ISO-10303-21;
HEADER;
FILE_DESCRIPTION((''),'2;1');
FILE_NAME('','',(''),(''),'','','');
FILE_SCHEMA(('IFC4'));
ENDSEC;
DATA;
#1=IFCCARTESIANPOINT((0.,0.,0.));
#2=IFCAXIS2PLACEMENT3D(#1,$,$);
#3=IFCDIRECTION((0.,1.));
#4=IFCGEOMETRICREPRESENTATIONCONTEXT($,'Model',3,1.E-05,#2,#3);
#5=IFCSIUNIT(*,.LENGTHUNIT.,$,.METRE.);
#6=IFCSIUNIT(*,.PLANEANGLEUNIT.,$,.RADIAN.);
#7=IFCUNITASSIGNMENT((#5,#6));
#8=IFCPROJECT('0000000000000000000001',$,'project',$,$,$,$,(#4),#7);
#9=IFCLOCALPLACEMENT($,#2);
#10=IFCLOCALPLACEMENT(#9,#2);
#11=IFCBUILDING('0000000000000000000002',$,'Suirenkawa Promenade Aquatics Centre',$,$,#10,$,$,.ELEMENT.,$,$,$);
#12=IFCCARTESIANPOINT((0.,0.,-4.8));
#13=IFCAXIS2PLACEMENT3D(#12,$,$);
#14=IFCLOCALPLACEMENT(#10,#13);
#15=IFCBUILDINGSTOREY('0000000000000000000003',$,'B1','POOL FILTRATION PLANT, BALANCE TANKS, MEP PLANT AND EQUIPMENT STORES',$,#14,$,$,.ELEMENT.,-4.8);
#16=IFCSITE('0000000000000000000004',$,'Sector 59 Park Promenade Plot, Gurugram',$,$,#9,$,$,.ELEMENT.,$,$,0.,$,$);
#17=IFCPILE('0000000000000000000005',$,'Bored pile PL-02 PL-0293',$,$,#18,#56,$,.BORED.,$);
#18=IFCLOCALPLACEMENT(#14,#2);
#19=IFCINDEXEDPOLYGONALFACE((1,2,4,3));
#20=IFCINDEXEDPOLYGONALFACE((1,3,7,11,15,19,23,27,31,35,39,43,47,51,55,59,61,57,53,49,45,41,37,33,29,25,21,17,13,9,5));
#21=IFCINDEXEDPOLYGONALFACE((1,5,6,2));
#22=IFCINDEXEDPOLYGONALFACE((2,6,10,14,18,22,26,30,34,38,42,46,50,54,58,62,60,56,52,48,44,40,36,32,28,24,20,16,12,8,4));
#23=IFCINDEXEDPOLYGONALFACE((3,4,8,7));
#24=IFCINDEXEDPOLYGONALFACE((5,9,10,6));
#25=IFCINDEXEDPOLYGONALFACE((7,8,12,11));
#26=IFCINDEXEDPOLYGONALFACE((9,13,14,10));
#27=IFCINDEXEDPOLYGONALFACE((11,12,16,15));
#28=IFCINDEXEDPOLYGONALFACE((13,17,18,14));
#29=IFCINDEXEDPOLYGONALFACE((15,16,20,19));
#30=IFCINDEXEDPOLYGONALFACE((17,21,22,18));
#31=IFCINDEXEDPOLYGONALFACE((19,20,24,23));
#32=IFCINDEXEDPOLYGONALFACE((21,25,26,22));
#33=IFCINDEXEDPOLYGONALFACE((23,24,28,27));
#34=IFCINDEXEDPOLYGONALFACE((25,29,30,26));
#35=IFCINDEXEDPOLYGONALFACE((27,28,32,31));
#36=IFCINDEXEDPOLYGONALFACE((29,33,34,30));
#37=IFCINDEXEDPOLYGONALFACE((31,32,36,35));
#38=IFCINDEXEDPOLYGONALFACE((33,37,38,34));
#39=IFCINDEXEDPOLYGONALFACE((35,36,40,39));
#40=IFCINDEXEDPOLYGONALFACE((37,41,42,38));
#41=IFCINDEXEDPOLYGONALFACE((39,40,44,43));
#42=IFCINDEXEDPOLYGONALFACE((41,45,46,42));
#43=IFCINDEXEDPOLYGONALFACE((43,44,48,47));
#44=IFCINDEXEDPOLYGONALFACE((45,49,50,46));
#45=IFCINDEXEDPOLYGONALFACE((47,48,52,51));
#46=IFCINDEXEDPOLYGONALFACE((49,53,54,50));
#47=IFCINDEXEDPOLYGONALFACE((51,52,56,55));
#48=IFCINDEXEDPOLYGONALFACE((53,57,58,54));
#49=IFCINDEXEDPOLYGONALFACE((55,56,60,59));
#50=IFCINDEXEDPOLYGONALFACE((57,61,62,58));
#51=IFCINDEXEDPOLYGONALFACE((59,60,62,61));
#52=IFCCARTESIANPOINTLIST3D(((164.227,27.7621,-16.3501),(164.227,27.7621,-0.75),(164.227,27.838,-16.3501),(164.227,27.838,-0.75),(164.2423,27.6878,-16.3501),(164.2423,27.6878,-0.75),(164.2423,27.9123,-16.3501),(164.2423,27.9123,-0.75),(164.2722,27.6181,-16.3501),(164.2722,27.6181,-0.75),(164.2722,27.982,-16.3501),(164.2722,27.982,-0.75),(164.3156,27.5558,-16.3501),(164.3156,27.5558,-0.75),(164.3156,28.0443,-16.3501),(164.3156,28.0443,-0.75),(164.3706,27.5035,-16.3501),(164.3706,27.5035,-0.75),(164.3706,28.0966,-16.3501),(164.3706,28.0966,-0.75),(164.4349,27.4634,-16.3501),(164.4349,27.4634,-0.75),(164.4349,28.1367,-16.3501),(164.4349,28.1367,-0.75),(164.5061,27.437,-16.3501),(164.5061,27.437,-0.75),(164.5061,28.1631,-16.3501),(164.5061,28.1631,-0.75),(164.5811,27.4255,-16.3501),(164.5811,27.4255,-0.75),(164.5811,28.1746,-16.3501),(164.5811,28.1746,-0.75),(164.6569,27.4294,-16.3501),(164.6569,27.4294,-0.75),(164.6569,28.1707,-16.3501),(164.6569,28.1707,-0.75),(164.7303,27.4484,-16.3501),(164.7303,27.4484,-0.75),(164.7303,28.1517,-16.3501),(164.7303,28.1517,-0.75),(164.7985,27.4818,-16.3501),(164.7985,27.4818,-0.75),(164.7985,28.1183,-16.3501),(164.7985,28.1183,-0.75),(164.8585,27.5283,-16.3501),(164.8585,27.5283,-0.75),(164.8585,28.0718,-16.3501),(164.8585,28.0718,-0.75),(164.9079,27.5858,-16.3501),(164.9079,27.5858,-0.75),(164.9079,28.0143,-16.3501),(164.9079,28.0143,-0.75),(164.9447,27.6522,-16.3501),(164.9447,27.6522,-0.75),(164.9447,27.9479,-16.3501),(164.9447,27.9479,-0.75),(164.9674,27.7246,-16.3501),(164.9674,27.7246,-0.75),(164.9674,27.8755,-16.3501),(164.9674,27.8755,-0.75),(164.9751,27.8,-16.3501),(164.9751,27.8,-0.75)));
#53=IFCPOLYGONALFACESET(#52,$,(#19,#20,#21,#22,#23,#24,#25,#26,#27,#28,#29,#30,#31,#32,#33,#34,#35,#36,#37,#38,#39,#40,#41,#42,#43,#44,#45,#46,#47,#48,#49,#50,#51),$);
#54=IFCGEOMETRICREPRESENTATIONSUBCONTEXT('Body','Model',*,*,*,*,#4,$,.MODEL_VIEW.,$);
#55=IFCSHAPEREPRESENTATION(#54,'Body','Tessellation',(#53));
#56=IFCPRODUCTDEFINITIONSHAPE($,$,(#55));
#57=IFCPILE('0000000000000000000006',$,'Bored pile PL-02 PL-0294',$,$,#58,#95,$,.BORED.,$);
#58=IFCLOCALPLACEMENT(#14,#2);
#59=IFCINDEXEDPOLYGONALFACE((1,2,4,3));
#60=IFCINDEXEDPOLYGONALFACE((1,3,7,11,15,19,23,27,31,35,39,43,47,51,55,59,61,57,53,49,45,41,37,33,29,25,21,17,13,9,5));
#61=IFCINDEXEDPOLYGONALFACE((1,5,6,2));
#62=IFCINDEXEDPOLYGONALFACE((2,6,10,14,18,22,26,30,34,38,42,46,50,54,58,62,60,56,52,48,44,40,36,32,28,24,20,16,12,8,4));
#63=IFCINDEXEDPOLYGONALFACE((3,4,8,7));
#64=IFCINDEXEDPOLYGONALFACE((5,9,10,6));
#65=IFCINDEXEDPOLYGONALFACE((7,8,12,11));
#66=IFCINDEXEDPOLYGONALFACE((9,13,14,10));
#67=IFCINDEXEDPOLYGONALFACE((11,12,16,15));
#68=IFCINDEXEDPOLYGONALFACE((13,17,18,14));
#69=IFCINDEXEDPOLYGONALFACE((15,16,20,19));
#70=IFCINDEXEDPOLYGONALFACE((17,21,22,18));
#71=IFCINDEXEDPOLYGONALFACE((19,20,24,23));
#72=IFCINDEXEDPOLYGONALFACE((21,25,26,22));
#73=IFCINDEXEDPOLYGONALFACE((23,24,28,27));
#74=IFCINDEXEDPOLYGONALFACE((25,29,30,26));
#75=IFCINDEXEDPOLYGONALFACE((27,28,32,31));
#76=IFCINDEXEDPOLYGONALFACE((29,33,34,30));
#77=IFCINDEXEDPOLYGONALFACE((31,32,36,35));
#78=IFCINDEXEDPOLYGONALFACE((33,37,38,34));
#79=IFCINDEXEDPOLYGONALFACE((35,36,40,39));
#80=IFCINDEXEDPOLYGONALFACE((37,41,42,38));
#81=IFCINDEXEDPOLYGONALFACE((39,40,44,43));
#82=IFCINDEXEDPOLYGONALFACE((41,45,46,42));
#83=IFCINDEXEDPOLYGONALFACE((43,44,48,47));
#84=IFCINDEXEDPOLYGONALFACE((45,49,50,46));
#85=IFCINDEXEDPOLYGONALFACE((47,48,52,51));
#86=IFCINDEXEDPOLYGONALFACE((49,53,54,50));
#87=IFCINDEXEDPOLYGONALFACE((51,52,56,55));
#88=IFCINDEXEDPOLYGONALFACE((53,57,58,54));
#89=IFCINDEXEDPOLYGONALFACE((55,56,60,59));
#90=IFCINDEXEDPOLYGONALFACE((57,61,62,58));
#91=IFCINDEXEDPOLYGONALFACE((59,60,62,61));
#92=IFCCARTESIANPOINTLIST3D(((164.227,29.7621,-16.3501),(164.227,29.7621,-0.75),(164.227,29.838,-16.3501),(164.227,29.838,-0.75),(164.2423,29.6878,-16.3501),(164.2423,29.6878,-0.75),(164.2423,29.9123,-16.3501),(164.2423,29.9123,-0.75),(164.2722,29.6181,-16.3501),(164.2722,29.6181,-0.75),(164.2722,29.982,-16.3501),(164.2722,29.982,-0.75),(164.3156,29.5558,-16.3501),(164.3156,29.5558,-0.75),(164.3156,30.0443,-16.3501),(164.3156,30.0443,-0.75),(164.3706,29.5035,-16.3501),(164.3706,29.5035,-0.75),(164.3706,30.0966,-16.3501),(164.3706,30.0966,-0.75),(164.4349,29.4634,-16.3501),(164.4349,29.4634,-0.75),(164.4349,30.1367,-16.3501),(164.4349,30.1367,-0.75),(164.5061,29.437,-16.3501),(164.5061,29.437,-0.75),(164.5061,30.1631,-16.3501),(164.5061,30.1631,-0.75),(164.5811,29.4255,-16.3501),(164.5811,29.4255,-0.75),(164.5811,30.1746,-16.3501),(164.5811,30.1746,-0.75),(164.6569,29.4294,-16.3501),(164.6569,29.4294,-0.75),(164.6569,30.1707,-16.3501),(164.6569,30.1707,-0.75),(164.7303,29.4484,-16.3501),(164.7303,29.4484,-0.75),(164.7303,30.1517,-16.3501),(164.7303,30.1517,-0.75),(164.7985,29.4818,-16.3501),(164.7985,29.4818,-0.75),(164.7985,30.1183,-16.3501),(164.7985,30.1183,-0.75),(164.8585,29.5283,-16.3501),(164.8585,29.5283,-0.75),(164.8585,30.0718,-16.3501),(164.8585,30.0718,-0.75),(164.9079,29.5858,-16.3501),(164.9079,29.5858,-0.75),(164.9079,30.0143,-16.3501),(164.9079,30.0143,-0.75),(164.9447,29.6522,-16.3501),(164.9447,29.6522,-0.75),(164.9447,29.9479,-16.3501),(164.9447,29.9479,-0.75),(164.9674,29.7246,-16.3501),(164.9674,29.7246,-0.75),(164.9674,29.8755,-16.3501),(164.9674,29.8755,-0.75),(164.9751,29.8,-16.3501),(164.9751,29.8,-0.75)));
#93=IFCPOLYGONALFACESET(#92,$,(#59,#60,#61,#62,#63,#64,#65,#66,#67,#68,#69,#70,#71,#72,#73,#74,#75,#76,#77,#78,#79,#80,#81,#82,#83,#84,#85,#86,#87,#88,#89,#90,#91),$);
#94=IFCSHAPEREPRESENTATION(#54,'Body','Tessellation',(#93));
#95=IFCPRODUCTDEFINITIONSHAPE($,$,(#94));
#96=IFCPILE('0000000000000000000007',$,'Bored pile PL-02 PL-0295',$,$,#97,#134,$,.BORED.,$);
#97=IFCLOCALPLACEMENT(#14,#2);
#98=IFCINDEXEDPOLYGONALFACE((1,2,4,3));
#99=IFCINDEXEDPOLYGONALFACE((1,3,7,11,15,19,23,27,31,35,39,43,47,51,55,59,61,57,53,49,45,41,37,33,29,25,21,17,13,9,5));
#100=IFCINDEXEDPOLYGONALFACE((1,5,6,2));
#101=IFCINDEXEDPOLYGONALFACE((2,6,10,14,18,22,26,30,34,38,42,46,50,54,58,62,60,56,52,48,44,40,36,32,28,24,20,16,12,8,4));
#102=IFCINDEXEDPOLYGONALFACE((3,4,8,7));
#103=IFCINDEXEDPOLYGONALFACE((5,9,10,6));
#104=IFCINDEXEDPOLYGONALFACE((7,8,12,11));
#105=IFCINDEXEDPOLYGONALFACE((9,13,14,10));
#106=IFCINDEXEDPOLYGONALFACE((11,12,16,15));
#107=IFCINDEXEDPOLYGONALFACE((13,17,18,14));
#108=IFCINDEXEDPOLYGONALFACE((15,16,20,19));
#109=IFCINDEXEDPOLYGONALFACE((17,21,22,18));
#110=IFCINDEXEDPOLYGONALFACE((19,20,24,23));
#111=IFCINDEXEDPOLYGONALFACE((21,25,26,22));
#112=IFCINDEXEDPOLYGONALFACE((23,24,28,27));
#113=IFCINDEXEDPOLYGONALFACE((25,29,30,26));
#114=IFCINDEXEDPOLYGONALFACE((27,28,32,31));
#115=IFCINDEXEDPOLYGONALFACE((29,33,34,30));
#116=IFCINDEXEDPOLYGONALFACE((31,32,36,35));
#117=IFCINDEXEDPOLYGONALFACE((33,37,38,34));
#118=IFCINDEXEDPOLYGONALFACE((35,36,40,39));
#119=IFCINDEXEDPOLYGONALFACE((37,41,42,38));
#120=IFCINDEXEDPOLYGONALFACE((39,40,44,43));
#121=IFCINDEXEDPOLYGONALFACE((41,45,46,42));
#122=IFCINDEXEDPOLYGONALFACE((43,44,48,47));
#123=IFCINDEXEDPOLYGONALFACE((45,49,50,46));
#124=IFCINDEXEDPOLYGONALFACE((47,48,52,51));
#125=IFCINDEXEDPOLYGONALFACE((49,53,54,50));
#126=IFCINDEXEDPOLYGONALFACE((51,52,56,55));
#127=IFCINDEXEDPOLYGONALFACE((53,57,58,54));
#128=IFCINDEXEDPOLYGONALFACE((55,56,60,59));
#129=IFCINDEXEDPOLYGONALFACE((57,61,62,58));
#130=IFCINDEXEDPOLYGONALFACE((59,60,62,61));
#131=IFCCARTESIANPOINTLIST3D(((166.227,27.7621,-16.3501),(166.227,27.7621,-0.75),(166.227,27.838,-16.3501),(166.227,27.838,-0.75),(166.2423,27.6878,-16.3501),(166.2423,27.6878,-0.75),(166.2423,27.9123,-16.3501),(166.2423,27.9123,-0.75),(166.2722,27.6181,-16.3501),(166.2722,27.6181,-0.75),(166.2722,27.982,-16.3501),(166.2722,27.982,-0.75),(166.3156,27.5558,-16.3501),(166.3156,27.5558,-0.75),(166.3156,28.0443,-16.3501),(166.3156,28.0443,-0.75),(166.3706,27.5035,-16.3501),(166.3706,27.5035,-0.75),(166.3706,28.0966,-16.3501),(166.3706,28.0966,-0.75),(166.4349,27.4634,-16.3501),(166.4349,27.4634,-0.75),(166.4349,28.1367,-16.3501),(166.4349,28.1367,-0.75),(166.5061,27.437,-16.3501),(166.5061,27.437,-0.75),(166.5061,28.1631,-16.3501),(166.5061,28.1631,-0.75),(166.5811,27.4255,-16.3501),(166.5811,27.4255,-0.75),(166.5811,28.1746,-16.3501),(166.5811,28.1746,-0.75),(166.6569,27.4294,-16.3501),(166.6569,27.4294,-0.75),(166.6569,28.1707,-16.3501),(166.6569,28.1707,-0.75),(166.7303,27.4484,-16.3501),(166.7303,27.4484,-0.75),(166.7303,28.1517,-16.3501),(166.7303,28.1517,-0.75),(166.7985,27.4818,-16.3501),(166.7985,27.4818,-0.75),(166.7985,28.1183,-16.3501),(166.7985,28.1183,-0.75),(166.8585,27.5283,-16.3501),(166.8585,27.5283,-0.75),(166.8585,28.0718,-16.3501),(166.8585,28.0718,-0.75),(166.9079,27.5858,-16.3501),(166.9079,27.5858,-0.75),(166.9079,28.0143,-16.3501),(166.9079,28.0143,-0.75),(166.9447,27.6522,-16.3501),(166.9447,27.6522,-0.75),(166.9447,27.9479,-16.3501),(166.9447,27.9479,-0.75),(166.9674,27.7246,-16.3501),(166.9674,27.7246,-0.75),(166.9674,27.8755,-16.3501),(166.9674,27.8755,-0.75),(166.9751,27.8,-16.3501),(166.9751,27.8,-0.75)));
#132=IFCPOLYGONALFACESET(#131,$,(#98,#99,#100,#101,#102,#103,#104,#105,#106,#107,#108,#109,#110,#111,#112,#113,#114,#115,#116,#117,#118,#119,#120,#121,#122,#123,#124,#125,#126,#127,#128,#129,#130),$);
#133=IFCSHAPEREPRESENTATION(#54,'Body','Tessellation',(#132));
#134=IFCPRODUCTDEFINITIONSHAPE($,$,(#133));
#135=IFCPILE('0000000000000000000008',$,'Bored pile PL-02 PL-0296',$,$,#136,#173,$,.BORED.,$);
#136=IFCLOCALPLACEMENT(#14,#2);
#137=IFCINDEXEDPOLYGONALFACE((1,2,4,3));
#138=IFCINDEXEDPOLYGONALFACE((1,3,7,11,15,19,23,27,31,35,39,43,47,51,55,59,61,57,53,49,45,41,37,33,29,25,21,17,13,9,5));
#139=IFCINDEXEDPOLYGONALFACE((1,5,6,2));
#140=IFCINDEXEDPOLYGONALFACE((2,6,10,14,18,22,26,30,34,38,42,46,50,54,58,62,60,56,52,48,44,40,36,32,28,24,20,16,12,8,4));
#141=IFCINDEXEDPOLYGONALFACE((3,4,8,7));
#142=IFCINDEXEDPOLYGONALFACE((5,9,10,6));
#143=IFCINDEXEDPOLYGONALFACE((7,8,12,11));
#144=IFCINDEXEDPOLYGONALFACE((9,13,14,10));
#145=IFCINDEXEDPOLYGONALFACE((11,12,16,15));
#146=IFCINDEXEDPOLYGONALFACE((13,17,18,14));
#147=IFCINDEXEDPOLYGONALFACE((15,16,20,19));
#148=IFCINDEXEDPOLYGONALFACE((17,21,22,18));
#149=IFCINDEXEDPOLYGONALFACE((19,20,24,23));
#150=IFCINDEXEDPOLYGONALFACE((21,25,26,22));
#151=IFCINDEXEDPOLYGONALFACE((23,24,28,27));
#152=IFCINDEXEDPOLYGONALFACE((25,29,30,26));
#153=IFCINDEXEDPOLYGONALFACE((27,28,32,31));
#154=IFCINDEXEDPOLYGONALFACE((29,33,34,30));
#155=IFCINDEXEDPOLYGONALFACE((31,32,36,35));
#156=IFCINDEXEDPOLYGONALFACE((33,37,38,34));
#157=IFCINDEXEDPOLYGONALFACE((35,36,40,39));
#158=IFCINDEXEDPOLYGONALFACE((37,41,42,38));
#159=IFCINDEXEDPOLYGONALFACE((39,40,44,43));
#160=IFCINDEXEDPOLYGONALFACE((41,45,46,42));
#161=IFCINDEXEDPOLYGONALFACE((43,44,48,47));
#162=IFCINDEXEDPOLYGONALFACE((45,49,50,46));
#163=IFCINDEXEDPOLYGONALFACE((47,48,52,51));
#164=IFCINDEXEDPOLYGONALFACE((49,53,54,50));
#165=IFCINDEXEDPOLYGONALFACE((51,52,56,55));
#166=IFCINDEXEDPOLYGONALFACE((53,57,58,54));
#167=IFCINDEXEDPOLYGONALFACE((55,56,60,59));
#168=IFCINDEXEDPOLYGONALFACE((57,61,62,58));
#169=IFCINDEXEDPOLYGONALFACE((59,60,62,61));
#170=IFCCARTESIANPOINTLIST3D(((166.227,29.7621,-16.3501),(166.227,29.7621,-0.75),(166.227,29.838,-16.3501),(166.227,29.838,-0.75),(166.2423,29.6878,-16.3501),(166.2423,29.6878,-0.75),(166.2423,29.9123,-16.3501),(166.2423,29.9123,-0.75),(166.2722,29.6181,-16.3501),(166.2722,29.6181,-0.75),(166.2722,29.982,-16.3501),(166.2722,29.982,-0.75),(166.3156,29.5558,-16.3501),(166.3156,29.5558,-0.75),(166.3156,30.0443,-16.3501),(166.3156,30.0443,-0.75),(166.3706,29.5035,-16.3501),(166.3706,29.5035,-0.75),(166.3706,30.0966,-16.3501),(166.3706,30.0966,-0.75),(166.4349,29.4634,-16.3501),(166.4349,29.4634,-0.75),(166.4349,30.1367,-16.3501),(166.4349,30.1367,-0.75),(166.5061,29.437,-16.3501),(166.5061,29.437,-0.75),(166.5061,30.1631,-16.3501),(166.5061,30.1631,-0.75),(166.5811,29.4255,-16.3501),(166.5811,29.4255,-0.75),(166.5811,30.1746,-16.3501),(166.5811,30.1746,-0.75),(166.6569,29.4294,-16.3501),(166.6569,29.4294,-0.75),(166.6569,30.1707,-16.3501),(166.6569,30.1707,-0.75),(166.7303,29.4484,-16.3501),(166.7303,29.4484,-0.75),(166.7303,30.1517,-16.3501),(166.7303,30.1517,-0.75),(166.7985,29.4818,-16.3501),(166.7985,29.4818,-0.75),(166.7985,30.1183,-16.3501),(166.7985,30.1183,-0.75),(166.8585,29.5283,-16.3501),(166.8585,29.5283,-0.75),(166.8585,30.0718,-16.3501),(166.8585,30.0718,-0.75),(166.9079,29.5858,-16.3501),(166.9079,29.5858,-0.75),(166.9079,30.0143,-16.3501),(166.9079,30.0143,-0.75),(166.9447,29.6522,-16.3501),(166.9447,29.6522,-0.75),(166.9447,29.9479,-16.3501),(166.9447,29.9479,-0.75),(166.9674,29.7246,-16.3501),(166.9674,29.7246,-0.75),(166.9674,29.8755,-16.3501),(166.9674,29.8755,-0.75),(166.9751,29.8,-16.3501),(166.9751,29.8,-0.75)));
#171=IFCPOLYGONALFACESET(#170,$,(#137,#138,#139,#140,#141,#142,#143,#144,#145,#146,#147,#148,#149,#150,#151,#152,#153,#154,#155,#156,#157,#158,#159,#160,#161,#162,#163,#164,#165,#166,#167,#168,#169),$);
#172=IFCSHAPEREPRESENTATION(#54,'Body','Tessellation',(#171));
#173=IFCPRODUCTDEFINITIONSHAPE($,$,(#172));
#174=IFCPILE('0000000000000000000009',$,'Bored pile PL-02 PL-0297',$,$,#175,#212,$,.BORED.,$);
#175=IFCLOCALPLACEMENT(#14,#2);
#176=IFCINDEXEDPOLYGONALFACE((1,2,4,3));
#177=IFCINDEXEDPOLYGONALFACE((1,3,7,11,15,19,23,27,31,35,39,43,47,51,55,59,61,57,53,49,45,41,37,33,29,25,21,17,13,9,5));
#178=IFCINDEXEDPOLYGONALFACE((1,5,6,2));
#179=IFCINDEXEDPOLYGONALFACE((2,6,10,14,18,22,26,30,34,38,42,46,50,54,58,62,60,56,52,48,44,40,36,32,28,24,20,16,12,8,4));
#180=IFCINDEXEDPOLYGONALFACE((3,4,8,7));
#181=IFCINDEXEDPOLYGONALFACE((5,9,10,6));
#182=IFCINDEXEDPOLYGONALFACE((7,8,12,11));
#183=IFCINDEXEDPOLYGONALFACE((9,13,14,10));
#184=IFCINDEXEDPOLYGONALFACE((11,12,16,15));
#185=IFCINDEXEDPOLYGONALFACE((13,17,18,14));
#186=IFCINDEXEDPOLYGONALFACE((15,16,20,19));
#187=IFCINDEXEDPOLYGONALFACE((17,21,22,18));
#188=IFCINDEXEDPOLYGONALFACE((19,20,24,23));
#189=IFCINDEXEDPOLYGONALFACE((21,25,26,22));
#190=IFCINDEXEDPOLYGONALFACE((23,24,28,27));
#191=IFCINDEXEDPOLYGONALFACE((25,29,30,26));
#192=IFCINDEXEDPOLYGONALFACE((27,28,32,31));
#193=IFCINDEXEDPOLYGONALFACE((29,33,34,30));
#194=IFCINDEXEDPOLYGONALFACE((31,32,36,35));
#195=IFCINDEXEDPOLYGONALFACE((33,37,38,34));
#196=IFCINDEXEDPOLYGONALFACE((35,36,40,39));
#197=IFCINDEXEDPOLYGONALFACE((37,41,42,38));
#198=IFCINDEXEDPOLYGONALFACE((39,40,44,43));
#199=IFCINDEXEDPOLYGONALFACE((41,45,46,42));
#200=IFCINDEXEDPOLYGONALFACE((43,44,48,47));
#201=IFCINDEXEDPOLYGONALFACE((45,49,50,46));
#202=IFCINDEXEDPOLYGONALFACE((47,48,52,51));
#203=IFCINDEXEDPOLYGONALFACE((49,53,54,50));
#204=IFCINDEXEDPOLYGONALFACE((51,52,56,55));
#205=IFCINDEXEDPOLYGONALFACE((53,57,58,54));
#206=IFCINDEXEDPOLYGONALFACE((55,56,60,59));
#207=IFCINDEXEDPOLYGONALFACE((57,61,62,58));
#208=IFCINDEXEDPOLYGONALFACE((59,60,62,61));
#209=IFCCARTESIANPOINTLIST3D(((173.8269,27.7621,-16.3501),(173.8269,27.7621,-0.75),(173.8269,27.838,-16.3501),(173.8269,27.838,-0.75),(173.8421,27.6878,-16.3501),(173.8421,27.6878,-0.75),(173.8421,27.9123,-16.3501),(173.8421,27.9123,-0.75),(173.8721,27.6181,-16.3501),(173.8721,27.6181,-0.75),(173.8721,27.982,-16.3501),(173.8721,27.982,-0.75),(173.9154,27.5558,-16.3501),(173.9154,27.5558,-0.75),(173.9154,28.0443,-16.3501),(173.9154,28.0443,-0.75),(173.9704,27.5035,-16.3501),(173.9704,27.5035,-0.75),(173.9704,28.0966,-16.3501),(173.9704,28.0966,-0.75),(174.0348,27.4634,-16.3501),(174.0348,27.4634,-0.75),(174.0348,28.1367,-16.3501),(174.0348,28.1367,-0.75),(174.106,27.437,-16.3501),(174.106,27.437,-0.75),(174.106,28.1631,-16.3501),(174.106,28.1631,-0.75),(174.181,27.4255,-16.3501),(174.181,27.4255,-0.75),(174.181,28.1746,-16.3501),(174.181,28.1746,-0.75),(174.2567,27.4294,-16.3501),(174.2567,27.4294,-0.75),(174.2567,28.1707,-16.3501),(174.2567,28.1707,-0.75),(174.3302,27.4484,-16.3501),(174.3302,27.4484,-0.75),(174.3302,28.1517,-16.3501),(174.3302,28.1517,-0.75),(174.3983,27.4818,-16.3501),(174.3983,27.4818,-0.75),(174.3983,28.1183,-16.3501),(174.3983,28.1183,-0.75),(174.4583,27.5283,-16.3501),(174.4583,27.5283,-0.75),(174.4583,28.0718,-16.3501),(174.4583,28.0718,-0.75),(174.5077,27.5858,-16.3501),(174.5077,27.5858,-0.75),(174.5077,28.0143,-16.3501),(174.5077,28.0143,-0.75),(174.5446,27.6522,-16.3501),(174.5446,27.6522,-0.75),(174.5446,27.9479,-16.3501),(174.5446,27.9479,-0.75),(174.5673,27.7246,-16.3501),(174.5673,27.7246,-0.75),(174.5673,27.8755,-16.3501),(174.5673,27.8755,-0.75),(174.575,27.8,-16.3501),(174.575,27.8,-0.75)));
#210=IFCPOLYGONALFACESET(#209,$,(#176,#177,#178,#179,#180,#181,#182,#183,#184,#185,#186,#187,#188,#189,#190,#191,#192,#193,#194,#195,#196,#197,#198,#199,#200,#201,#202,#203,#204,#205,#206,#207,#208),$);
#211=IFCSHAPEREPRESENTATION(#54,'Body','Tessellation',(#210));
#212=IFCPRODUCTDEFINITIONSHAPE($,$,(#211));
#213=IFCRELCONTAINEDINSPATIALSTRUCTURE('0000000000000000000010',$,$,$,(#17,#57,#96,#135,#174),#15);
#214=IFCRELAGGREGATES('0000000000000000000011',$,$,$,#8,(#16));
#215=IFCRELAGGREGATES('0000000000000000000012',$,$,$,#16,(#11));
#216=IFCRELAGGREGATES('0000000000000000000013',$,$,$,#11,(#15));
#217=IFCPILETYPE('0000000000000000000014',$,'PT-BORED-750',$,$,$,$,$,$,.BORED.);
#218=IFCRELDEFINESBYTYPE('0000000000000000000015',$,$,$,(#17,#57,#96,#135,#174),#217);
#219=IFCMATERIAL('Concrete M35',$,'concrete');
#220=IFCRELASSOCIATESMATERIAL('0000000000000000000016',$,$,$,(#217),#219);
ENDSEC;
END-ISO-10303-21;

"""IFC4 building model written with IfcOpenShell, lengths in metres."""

from ifc_helpers import new_model, si_unit, direction, frame, origin, origin_2d, place, context, subcontext, project, spatial, circle, extrude, material, material_profile, profile_set, type_object, element, save


model = new_model("IFC4")

# Units and contexts
model_context = context("Model", 3, precision=1e-05, world=origin(), true_north=direction((0.0, 1.0)))
body_context = subcontext(model_context, "Body", "Model", "MODEL_VIEW")
ifc_project = project(units=[si_unit("LENGTHUNIT", "METRE"), si_unit("PLANEANGLEUNIT", "RADIAN")], contexts=[model_context])

# Site, building, storey
site_placement = place(None, origin())
site = spatial("IfcSite", under=ifc_project, at=site_placement, Name="Sector 59 Park Promenade Plot, Gurugram", CompositionType="ELEMENT", RefElevation=0.0)
building_placement = place(site_placement, origin())
building = spatial("IfcBuilding", under=site, at=building_placement, Name="Suirenkawa Promenade Aquatics Centre", CompositionType="ELEMENT")
storey_placement = place(building_placement, frame((0.0, 0.0, -4.8)))
storey = spatial("IfcBuildingStorey", under=building, at=storey_placement, Name="B1", Description="POOL FILTRATION PLANT, BALANCE TANKS, MEP PLANT AND EQUIPMENT STORES", CompositionType="ELEMENT", Elevation=-4.8)

# Shared definitions
ifc_material_1 = material(Name="Concrete M35", Category="concrete")

# Piles
ifc_material_profile_1 = material_profile(ifc_material_1, circle(Radius=0.375, at=origin_2d()), Name="PILE D750", Category="concrete")
ifc_profile_set_1 = profile_set([ifc_material_profile_1], Name="Concrete M35")
pile_type_1 = type_object("IfcPileType", Name="PT-BORED-750", PredefinedType="BORED", material=ifc_profile_set_1)
for number, where, z_axis, x_axis, name in (
    (1, (164.6001, 27.8, -0.75), (0.0, 0.0, -1.0), (1.0, 0.0, 0.0), "Bored pile PL-02 PL-0293"),
    (2, (164.6001, 29.8, -0.75), (0.0, 0.0, -1.0), (1.0, 0.0, 0.0), "Bored pile PL-02 PL-0294"),
    (3, (166.6001, 27.8, -0.75), (0.0, 0.0, -1.0), (1.0, 0.0, 0.0), "Bored pile PL-02 PL-0295"),
    (4, (166.6001, 29.8, -0.75), (0.0, 0.0, -1.0), (1.0, 0.0, 0.0), "Bored pile PL-02 PL-0296"),
    (5, (174.2, 27.8, -0.75), (0.0, 0.0, -1.0), (1.0, 0.0, 0.0), "Bored pile PL-02 PL-0297"),
):
    element("IfcPile", number, at=place(storey_placement, frame(where, z_axis=z_axis, x_axis=x_axis)), inside=storey, type_object=pile_type_1, Name=name, PredefinedType="BORED", context=body_context, shape_type="SweptSolid", body=[
        extrude(circle(Radius=0.375, at=origin_2d()), origin(), (0.0, 0.0, 1.0), 15.6001),
    ])

save(model, "model.ifc")
